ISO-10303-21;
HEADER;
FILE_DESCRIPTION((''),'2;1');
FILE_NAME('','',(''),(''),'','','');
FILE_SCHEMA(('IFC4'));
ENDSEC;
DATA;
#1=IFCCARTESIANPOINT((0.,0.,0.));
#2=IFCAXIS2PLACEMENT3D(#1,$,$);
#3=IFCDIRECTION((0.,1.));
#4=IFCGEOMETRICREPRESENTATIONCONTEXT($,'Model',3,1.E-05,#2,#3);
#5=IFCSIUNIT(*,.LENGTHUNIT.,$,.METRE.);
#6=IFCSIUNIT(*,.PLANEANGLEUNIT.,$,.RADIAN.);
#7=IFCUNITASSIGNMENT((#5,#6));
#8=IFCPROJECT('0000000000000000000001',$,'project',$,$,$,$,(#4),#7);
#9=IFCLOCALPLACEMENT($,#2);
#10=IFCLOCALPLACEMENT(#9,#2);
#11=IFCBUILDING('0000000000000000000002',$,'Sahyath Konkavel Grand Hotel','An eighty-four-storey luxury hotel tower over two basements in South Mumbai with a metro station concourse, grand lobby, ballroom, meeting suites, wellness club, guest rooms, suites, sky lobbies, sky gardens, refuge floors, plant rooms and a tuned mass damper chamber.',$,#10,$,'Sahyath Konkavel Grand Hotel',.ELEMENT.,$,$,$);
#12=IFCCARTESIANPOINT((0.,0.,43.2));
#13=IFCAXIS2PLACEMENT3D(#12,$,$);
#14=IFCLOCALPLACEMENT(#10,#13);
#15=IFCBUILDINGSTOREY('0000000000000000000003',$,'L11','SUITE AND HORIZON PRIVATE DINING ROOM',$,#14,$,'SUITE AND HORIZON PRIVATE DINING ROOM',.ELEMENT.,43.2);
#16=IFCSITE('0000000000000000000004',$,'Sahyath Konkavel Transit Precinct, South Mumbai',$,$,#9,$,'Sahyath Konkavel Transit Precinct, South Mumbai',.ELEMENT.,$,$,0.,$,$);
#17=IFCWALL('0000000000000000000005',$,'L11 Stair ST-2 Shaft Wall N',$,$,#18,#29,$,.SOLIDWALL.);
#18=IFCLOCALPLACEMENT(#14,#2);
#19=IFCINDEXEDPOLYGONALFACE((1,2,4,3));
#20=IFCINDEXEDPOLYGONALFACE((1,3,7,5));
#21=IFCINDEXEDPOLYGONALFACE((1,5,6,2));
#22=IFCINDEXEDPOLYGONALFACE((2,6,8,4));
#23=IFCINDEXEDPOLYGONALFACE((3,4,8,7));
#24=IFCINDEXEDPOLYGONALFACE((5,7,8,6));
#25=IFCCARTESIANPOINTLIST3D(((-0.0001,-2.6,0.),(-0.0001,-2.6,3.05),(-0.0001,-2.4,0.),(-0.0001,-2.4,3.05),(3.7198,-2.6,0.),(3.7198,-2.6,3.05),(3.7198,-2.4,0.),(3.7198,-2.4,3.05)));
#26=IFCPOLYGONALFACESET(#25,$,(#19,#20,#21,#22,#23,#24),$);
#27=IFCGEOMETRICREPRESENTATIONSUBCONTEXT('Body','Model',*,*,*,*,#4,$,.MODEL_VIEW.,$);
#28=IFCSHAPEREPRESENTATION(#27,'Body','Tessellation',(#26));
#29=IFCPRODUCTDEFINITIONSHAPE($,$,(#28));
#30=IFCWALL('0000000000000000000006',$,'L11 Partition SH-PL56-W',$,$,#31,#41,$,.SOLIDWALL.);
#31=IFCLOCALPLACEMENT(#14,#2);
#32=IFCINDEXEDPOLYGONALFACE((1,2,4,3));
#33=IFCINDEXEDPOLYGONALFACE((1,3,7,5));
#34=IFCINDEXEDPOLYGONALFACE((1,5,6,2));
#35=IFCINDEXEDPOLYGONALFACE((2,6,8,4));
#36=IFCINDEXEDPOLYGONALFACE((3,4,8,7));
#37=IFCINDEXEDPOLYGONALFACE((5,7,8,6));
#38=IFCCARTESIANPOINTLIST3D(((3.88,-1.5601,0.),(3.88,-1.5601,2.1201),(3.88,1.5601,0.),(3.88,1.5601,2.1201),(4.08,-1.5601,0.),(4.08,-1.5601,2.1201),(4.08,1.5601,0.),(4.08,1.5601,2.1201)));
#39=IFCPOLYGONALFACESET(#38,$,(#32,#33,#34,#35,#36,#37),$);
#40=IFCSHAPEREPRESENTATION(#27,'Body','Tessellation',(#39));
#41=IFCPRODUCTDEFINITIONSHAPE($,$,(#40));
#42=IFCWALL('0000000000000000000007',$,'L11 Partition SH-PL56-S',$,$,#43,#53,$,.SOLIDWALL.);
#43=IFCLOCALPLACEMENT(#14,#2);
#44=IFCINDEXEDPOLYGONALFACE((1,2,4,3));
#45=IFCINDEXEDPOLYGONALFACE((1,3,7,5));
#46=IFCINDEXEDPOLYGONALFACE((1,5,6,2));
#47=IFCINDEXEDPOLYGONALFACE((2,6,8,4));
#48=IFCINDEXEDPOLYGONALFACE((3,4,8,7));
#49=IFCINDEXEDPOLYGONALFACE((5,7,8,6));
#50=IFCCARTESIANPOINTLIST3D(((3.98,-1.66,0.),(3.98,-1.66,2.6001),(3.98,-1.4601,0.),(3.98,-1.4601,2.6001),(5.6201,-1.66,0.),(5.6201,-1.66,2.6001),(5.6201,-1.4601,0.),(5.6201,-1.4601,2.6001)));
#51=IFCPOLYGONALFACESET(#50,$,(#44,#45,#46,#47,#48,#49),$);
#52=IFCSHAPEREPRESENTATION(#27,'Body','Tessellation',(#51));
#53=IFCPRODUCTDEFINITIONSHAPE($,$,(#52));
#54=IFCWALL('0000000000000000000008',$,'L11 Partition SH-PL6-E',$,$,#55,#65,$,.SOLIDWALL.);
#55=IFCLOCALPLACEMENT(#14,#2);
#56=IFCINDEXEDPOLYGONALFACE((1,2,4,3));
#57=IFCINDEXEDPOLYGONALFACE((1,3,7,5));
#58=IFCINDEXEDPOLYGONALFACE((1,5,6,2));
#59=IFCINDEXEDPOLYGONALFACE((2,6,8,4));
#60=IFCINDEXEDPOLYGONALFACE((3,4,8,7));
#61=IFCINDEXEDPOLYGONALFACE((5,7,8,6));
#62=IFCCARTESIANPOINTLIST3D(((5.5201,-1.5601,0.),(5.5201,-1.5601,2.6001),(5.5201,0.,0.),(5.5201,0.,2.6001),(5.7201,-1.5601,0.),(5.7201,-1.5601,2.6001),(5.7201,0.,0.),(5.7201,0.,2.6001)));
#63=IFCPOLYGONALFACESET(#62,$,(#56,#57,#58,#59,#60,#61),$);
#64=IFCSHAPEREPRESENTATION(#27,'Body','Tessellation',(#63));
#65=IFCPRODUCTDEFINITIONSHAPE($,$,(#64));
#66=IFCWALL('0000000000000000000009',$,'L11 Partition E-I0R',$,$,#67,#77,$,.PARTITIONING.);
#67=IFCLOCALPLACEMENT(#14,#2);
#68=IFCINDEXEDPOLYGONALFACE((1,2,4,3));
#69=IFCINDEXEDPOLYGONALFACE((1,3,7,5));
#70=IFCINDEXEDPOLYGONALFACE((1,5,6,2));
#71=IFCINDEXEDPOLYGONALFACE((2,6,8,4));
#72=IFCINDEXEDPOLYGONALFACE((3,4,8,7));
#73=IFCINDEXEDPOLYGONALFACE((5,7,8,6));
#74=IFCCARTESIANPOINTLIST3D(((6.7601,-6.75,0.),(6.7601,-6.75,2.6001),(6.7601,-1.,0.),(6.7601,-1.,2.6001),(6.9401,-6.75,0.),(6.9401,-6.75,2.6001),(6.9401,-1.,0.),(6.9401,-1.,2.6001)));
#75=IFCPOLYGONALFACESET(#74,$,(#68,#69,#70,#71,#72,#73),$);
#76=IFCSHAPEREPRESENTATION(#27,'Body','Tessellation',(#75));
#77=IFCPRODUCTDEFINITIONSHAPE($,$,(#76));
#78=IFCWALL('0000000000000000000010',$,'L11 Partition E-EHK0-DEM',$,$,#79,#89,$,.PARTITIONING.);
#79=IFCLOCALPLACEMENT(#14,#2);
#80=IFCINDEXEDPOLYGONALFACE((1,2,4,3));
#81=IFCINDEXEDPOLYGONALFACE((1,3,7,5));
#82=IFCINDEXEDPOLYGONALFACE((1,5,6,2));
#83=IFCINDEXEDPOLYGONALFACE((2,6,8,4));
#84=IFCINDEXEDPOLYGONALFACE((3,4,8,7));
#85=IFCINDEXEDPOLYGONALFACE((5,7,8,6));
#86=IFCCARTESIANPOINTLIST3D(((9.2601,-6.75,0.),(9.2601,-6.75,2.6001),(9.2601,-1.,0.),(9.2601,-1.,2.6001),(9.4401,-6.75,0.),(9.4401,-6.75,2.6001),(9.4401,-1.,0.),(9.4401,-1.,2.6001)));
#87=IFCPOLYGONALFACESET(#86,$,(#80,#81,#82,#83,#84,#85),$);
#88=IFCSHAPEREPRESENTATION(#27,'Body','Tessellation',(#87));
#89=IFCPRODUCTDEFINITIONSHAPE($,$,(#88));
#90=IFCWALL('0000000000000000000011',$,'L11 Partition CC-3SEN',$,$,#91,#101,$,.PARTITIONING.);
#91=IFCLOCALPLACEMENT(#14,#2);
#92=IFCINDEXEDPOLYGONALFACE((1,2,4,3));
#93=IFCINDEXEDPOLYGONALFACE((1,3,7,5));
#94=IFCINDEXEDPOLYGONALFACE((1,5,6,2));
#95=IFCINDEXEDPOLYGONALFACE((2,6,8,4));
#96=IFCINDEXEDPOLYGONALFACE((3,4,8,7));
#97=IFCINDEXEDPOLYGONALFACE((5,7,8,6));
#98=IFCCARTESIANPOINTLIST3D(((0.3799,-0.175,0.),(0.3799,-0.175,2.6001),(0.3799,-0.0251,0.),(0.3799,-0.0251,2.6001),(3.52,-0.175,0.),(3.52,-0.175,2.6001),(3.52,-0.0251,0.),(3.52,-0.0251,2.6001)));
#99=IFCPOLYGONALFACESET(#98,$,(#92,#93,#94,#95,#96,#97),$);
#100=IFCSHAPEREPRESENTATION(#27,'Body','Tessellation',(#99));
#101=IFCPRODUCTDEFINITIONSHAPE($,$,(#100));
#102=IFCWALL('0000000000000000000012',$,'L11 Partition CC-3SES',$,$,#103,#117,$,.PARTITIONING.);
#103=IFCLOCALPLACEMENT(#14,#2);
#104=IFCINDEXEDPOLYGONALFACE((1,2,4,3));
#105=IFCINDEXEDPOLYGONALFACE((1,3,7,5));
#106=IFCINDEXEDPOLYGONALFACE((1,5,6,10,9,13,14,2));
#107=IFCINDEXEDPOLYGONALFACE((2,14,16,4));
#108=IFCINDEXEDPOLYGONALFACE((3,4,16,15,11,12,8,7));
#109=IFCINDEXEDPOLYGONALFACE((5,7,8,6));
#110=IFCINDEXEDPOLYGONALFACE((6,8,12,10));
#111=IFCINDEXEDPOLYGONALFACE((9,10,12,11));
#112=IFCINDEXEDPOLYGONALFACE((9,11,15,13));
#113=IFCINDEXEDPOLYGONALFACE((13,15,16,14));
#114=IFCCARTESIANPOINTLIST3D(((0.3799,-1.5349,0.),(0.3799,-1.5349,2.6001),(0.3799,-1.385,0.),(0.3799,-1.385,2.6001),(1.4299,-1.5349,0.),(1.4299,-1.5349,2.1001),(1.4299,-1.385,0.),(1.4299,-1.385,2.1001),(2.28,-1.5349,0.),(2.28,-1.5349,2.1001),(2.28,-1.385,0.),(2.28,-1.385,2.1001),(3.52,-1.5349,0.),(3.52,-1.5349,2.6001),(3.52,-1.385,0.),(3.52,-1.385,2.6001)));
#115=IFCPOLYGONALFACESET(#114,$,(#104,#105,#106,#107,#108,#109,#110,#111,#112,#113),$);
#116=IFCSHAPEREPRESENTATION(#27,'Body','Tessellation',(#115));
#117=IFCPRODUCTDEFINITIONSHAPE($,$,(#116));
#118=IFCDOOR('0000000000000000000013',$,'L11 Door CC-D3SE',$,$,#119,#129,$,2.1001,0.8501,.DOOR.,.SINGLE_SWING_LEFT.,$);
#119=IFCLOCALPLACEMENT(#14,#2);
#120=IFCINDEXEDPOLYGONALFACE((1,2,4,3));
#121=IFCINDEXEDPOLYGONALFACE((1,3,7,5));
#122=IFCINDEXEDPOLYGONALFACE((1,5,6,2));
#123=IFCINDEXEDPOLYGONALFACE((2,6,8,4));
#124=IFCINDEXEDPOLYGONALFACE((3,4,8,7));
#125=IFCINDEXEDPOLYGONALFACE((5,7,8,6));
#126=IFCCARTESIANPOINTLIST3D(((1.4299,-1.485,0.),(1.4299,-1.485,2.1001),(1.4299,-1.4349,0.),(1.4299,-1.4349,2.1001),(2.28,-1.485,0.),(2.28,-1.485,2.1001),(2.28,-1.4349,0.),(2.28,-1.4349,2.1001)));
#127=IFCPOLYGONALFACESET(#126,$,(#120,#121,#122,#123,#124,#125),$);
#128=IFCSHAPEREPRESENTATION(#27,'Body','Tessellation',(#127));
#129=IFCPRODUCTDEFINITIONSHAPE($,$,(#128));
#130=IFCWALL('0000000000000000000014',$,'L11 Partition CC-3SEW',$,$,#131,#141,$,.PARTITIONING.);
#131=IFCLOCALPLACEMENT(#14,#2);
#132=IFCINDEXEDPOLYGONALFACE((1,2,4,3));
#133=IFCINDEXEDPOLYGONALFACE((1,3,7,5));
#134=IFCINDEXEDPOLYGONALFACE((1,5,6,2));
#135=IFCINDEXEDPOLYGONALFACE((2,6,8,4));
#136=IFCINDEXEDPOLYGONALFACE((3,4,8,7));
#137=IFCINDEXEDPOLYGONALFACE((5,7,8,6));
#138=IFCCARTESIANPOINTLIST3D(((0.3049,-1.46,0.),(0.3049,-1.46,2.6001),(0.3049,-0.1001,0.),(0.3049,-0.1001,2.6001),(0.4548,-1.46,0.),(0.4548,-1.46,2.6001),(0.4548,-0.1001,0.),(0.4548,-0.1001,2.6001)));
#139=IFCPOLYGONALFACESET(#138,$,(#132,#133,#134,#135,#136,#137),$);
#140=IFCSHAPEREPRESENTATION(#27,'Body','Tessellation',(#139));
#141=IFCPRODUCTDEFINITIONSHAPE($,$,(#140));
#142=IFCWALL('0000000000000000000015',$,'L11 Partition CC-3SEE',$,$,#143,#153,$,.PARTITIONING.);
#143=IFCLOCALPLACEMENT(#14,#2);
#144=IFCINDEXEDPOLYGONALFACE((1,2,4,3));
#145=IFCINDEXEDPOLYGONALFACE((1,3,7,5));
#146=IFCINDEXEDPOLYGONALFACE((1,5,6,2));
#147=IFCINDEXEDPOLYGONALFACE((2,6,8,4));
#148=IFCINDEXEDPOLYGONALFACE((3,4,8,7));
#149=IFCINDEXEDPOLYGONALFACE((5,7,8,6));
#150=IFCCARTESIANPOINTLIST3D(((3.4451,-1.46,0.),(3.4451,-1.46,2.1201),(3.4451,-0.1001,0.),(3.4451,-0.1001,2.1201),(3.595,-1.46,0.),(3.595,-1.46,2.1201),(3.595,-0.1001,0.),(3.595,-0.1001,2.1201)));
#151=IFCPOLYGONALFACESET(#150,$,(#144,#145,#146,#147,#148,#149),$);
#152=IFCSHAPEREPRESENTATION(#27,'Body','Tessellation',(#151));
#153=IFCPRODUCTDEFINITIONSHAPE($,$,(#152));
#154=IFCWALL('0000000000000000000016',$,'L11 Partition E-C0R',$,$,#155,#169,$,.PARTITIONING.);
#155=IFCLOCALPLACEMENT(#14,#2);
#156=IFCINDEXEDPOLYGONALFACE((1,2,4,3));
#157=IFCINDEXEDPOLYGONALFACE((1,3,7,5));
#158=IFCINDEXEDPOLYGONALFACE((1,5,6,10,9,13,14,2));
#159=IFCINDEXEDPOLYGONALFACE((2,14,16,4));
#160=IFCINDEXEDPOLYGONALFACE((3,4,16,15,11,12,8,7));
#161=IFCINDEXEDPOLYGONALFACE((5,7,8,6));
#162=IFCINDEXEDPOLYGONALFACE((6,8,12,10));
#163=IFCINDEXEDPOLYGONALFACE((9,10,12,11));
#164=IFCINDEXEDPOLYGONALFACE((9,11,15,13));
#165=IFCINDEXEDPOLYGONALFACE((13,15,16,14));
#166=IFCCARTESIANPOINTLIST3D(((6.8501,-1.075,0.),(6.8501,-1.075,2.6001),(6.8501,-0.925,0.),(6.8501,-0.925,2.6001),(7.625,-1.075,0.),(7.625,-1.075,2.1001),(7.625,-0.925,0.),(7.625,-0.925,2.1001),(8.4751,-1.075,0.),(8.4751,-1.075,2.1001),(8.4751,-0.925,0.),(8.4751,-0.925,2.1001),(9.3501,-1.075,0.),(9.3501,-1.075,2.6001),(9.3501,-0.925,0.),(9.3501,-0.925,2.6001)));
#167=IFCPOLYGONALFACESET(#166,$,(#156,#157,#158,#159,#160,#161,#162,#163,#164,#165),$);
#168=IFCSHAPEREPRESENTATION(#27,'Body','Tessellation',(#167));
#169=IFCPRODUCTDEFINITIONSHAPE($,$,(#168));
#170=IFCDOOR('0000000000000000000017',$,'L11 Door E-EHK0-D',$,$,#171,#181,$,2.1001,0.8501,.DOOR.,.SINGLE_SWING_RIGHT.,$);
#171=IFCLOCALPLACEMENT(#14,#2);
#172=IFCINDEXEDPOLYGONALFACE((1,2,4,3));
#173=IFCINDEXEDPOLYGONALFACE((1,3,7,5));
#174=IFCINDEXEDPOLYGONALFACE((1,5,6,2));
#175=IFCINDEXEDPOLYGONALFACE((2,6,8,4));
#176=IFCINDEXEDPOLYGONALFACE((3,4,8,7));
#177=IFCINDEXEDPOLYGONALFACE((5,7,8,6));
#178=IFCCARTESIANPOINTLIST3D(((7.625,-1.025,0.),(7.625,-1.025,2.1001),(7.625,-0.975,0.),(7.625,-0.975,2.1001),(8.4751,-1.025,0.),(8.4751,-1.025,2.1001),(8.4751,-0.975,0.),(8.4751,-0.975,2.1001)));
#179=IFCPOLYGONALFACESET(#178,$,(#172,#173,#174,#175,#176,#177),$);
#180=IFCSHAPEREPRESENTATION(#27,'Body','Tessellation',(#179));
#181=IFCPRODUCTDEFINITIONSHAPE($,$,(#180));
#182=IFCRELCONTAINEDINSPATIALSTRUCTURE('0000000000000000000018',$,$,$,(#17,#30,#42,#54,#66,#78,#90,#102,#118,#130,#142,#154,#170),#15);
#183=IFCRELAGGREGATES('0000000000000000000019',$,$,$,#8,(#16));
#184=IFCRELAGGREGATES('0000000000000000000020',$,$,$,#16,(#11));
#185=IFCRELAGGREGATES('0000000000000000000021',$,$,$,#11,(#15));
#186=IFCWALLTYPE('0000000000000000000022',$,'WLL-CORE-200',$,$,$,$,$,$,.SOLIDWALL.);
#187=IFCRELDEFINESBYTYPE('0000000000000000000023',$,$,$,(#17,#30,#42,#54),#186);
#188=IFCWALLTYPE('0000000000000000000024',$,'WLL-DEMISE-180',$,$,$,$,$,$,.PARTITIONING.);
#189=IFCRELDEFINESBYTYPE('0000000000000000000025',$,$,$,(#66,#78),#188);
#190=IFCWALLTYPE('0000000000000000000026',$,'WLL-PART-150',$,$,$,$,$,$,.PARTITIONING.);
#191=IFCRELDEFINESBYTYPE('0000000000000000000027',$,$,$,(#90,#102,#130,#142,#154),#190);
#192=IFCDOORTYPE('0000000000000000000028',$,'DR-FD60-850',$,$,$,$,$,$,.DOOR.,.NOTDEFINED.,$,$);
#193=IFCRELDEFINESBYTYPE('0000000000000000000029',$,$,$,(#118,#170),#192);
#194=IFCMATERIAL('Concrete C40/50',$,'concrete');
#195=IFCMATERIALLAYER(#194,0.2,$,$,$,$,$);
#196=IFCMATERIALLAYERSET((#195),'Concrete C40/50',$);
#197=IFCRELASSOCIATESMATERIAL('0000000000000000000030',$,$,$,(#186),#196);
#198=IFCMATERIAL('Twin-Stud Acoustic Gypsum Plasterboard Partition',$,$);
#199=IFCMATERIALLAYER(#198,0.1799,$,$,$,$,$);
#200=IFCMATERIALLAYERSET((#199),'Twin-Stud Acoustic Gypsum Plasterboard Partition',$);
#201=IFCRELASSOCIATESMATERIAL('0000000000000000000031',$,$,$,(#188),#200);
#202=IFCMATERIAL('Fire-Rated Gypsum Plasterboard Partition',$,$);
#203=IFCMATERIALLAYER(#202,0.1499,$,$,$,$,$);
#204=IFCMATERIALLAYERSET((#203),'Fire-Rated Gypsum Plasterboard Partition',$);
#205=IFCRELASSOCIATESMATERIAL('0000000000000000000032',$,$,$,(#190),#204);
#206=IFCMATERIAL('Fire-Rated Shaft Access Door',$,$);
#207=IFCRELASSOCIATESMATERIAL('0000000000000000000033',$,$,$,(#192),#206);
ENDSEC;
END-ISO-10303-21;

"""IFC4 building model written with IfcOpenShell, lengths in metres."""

from ifc_helpers import new_model, si_unit, direction, frame, frame_2d, origin, origin_2d, place, context, subcontext, project, spatial, rectangle, extrude, source, transform, mapped, material, layer, layer_set, type_object, element, fill, save


model = new_model("IFC4")

# Units and contexts
model_context = context("Model", 3, precision=1e-05, world=origin(), true_north=direction((0.0, 1.0)))
body_context = subcontext(model_context, "Body", "Model", "MODEL_VIEW")
ifc_project = project(units=[si_unit("LENGTHUNIT", "METRE"), si_unit("PLANEANGLEUNIT", "RADIAN")], contexts=[model_context])

# Site, building, storey
site_placement = place(None, origin())
site = spatial("IfcSite", under=ifc_project, at=site_placement, Name="Sahyath Konkavel Transit Precinct, South Mumbai", LongName="Sahyath Konkavel Transit Precinct, South Mumbai", CompositionType="ELEMENT", RefElevation=0.0)
building_placement = place(site_placement, origin())
building = spatial("IfcBuilding", under=site, at=building_placement, Name="Sahyath Konkavel Grand Hotel", Description="An eighty-four-storey luxury hotel tower over two basements in South Mumbai with a metro station concourse, grand lobby, ballroom, meeting suites, wellness club, guest rooms, suites, sky lobbies, sky gardens, refuge floors, plant rooms and a tuned mass damper chamber.", LongName="Sahyath Konkavel Grand Hotel", CompositionType="ELEMENT")
storey_placement = place(building_placement, frame((0.0, 0.0, 43.2)))
storey = spatial("IfcBuildingStorey", under=building, at=storey_placement, Name="L11", Description="SUITE AND HORIZON PRIVATE DINING ROOM", LongName="SUITE AND HORIZON PRIVATE DINING ROOM", CompositionType="ELEMENT", Elevation=43.2)

# Shared definitions
ifc_material_1 = material(Name="Concrete C40/50", Category="concrete")

# Walls
ifc_layer_1 = layer(ifc_material_1, 0.2)
ifc_layer_set_1 = layer_set([ifc_layer_1], Name="Concrete C40/50")
wall_type_1 = type_object("IfcWallType", Name="WLL-CORE-200", PredefinedType="SOLIDWALL", material=ifc_layer_set_1)
wall_1_placement = place(storey_placement, frame((0.0, -2.5, 0.0), z_axis=(0.0, 0.0, 1.0), x_axis=(1.0, 0.0, 0.0)))
element("IfcWall", 1, at=wall_1_placement, inside=storey, type_object=wall_type_1, Name="L11 Stair ST-2 Shaft Wall N", PredefinedType="SOLIDWALL", context=body_context, shape_type="SweptSolid", body=[
    extrude(rectangle(XDim=3.72, YDim=0.2, at=frame_2d((1.8599, 0.0))), origin(), (0.0, 0.0, 1.0), 3.05),
])
wall_2_placement = place(storey_placement, frame((3.98, -1.5601, 0.0), z_axis=(0.0, 0.0, 1.0), x_axis=(0.0, 1.0, 0.0)))
element("IfcWall", 2, at=wall_2_placement, inside=storey, type_object=wall_type_1, Name="L11 Partition SH-PL56-W", PredefinedType="SOLIDWALL", context=body_context, shape_type="SweptSolid", body=[
    extrude(rectangle(XDim=3.1201, YDim=0.2, at=frame_2d((1.5601, 0.0))), origin(), (0.0, 0.0, 1.0), 2.1201),
])
wall_3_placement = place(storey_placement, frame((3.98, -1.5601, 0.0), z_axis=(0.0, 0.0, 1.0), x_axis=(1.0, 0.0, 0.0)))
element("IfcWall", 3, at=wall_3_placement, inside=storey, type_object=wall_type_1, Name="L11 Partition SH-PL56-S", PredefinedType="SOLIDWALL", context=body_context, shape_type="SweptSolid", body=[
    extrude(rectangle(XDim=1.6401, YDim=0.2, at=frame_2d((0.8201, 0.0))), origin(), (0.0, 0.0, 1.0), 2.6001),
])
wall_4_placement = place(storey_placement, frame((5.6201, -1.5601, 0.0), z_axis=(0.0, 0.0, 1.0), x_axis=(0.0, 1.0, 0.0)))
element("IfcWall", 4, at=wall_4_placement, inside=storey, type_object=wall_type_1, Name="L11 Partition SH-PL6-E", PredefinedType="SOLIDWALL", context=body_context, shape_type="SweptSolid", body=[
    extrude(rectangle(XDim=1.5601, YDim=0.2, at=frame_2d((0.78, 0.0))), origin(), (0.0, 0.0, 1.0), 2.6001),
])
ifc_material_2 = material(Name="Twin-Stud Acoustic Gypsum Plasterboard Partition")
ifc_layer_2 = layer(ifc_material_2, 0.1799)
ifc_layer_set_2 = layer_set([ifc_layer_2], Name="Twin-Stud Acoustic Gypsum Plasterboard Partition")
wall_type_2 = type_object("IfcWallType", Name="WLL-DEMISE-180", PredefinedType="PARTITIONING", material=ifc_layer_set_2)
for number, where, z_axis, x_axis, name in (
    (5, (6.8501, -6.75, 0.0), (0.0, 0.0, 1.0), (0.0, 1.0, 0.0), "L11 Partition E-I0R"),
    (6, (9.3501, -1.0, 0.0), (0.0, 0.0, 1.0), (0.0, -1.0, 0.0), "L11 Partition E-EHK0-DEM"),
):
    element("IfcWall", number, at=place(storey_placement, frame(where, z_axis=z_axis, x_axis=x_axis)), inside=storey, type_object=wall_type_2, Name=name, PredefinedType="PARTITIONING", context=body_context, shape_type="SweptSolid", body=[
        extrude(rectangle(XDim=5.75, YDim=0.1799, at=frame_2d((2.875, 0.0))), origin(), (0.0, 0.0, 1.0), 2.6001),
    ])
ifc_material_3 = material(Name="Fire-Rated Gypsum Plasterboard Partition")
ifc_layer_3 = layer(ifc_material_3, 0.1499)
ifc_layer_set_3 = layer_set([ifc_layer_3], Name="Fire-Rated Gypsum Plasterboard Partition")
wall_type_3 = type_object("IfcWallType", Name="WLL-PART-150", PredefinedType="PARTITIONING", material=ifc_layer_set_3)
wall_5_placement = place(storey_placement, frame((0.3799, -0.1001, 0.0), z_axis=(0.0, 0.0, 1.0), x_axis=(1.0, 0.0, 0.0)))
element("IfcWall", 7, at=wall_5_placement, inside=storey, type_object=wall_type_3, Name="L11 Partition CC-3SEN", PredefinedType="PARTITIONING", context=body_context, shape_type="SweptSolid", body=[
    extrude(rectangle(XDim=3.1401, YDim=0.1499, at=frame_2d((1.5701, 0.0))), origin(), (0.0, 0.0, 1.0), 2.6001),
])

# Wall, opening, door
wall_6_placement = place(storey_placement, frame((0.3799, -1.46, 0.0), z_axis=(0.0, 0.0, 1.0), x_axis=(1.0, 0.0, 0.0)))
wall_6 = element("IfcWall", 8, at=wall_6_placement, inside=storey, type_object=wall_type_3, Name="L11 Partition CC-3SES", PredefinedType="PARTITIONING", context=body_context, shape_type="SweptSolid", body=[
    extrude(rectangle(XDim=3.1401, YDim=0.1499, at=frame_2d((1.5701, 0.0))), origin(), (0.0, 0.0, 1.0), 2.6001),
])
opening_1_placement = place(wall_6_placement, frame((1.05, 0.0, 0.0)))
opening_1 = element("IfcOpeningElement", 9, at=opening_1_placement, cuts=wall_6, PredefinedType="OPENING", context=body_context, shape_type="SweptSolid", body=[
    extrude(rectangle(XDim=0.8501, YDim=2.1001, at=frame_2d((0.425, 1.05))), frame((0.0, 0.085, 0.0), z_axis=(0.0, -1.0, 0.0), x_axis=(1.0, 0.0, 0.0)), (0.0, 0.0, 1.0), 0.1699),
])
ifc_material_4 = material(Name="Fire-Rated Shaft Access Door")
door_type = type_object("IfcDoorType", Name="DR-FD60-850", OperationType="NOTDEFINED", PredefinedType="DOOR", material=ifc_material_4)
shared_shape_1 = source(origin(), body_context, "Body", "SweptSolid", [
    extrude(rectangle(XDim=0.8501, YDim=0.05, at=origin_2d()), origin(), (0.0, 0.0, 1.0), 2.1001),
])
door_1_placement = place(opening_1_placement, frame((0.425, 0.0, 0.0)))
door_1 = element("IfcDoor", 10, at=door_1_placement, inside=storey, type_object=door_type, Name="L11 Door CC-D3SE", OperationType="SINGLE_SWING_LEFT", OverallHeight=2.1001, OverallWidth=0.8501, PredefinedType="DOOR", context=body_context, shape_type="MappedRepresentation", body=[
    mapped(shared_shape_1, transform((0.0, 0.0, 0.0), scale=1.0)),
])
fill(opening_1, door_1)

# Walls
wall_7_placement = place(storey_placement, frame((0.3799, -1.46, 0.0), z_axis=(0.0, 0.0, 1.0), x_axis=(0.0, 1.0, 0.0)))
element("IfcWall", 11, at=wall_7_placement, inside=storey, type_object=wall_type_3, Name="L11 Partition CC-3SEW", PredefinedType="PARTITIONING", context=body_context, shape_type="SweptSolid", body=[
    extrude(rectangle(XDim=1.3599, YDim=0.1499, at=frame_2d((0.6799, 0.0))), origin(), (0.0, 0.0, 1.0), 2.6001),
])
wall_8_placement = place(storey_placement, frame((3.52, -1.46, 0.0), z_axis=(0.0, 0.0, 1.0), x_axis=(0.0, 1.0, 0.0)))
element("IfcWall", 12, at=wall_8_placement, inside=storey, type_object=wall_type_3, Name="L11 Partition CC-3SEE", PredefinedType="PARTITIONING", context=body_context, shape_type="SweptSolid", body=[
    extrude(rectangle(XDim=1.3599, YDim=0.1499, at=frame_2d((0.6799, 0.0))), origin(), (0.0, 0.0, 1.0), 2.1201),
])

# Wall, opening, door
wall_9_placement = place(storey_placement, frame((6.8501, -1.0, 0.0), z_axis=(0.0, 0.0, 1.0), x_axis=(1.0, 0.0, 0.0)))
wall_9 = element("IfcWall", 13, at=wall_9_placement, inside=storey, type_object=wall_type_3, Name="L11 Partition E-C0R", PredefinedType="PARTITIONING", context=body_context, shape_type="SweptSolid", body=[
    extrude(rectangle(XDim=2.5, YDim=0.1499, at=frame_2d((1.25, 0.0))), origin(), (0.0, 0.0, 1.0), 2.6001),
])
opening_2_placement = place(wall_9_placement, frame((0.7749, 0.0, 0.0)))
opening_2 = element("IfcOpeningElement", 14, at=opening_2_placement, cuts=wall_9, PredefinedType="OPENING", context=body_context, shape_type="SweptSolid", body=[
    extrude(rectangle(XDim=0.8501, YDim=2.1001, at=frame_2d((0.425, 1.05))), frame((0.0, 0.085, 0.0), z_axis=(0.0, -1.0, 0.0), x_axis=(1.0, 0.0, 0.0)), (0.0, 0.0, 1.0), 0.1699),
])
door_2_placement = place(opening_2_placement, frame((0.425, 0.0, 0.0)))
door_2 = element("IfcDoor", 15, at=door_2_placement, inside=storey, type_object=door_type, Name="L11 Door E-EHK0-D", OperationType="SINGLE_SWING_RIGHT", OverallHeight=2.1001, OverallWidth=0.8501, PredefinedType="DOOR", context=body_context, shape_type="MappedRepresentation", body=[
    mapped(shared_shape_1, transform((0.0, 0.0, 0.0), scale=1.0)),
])
fill(opening_2, door_2)

save(model, "model.ifc")
